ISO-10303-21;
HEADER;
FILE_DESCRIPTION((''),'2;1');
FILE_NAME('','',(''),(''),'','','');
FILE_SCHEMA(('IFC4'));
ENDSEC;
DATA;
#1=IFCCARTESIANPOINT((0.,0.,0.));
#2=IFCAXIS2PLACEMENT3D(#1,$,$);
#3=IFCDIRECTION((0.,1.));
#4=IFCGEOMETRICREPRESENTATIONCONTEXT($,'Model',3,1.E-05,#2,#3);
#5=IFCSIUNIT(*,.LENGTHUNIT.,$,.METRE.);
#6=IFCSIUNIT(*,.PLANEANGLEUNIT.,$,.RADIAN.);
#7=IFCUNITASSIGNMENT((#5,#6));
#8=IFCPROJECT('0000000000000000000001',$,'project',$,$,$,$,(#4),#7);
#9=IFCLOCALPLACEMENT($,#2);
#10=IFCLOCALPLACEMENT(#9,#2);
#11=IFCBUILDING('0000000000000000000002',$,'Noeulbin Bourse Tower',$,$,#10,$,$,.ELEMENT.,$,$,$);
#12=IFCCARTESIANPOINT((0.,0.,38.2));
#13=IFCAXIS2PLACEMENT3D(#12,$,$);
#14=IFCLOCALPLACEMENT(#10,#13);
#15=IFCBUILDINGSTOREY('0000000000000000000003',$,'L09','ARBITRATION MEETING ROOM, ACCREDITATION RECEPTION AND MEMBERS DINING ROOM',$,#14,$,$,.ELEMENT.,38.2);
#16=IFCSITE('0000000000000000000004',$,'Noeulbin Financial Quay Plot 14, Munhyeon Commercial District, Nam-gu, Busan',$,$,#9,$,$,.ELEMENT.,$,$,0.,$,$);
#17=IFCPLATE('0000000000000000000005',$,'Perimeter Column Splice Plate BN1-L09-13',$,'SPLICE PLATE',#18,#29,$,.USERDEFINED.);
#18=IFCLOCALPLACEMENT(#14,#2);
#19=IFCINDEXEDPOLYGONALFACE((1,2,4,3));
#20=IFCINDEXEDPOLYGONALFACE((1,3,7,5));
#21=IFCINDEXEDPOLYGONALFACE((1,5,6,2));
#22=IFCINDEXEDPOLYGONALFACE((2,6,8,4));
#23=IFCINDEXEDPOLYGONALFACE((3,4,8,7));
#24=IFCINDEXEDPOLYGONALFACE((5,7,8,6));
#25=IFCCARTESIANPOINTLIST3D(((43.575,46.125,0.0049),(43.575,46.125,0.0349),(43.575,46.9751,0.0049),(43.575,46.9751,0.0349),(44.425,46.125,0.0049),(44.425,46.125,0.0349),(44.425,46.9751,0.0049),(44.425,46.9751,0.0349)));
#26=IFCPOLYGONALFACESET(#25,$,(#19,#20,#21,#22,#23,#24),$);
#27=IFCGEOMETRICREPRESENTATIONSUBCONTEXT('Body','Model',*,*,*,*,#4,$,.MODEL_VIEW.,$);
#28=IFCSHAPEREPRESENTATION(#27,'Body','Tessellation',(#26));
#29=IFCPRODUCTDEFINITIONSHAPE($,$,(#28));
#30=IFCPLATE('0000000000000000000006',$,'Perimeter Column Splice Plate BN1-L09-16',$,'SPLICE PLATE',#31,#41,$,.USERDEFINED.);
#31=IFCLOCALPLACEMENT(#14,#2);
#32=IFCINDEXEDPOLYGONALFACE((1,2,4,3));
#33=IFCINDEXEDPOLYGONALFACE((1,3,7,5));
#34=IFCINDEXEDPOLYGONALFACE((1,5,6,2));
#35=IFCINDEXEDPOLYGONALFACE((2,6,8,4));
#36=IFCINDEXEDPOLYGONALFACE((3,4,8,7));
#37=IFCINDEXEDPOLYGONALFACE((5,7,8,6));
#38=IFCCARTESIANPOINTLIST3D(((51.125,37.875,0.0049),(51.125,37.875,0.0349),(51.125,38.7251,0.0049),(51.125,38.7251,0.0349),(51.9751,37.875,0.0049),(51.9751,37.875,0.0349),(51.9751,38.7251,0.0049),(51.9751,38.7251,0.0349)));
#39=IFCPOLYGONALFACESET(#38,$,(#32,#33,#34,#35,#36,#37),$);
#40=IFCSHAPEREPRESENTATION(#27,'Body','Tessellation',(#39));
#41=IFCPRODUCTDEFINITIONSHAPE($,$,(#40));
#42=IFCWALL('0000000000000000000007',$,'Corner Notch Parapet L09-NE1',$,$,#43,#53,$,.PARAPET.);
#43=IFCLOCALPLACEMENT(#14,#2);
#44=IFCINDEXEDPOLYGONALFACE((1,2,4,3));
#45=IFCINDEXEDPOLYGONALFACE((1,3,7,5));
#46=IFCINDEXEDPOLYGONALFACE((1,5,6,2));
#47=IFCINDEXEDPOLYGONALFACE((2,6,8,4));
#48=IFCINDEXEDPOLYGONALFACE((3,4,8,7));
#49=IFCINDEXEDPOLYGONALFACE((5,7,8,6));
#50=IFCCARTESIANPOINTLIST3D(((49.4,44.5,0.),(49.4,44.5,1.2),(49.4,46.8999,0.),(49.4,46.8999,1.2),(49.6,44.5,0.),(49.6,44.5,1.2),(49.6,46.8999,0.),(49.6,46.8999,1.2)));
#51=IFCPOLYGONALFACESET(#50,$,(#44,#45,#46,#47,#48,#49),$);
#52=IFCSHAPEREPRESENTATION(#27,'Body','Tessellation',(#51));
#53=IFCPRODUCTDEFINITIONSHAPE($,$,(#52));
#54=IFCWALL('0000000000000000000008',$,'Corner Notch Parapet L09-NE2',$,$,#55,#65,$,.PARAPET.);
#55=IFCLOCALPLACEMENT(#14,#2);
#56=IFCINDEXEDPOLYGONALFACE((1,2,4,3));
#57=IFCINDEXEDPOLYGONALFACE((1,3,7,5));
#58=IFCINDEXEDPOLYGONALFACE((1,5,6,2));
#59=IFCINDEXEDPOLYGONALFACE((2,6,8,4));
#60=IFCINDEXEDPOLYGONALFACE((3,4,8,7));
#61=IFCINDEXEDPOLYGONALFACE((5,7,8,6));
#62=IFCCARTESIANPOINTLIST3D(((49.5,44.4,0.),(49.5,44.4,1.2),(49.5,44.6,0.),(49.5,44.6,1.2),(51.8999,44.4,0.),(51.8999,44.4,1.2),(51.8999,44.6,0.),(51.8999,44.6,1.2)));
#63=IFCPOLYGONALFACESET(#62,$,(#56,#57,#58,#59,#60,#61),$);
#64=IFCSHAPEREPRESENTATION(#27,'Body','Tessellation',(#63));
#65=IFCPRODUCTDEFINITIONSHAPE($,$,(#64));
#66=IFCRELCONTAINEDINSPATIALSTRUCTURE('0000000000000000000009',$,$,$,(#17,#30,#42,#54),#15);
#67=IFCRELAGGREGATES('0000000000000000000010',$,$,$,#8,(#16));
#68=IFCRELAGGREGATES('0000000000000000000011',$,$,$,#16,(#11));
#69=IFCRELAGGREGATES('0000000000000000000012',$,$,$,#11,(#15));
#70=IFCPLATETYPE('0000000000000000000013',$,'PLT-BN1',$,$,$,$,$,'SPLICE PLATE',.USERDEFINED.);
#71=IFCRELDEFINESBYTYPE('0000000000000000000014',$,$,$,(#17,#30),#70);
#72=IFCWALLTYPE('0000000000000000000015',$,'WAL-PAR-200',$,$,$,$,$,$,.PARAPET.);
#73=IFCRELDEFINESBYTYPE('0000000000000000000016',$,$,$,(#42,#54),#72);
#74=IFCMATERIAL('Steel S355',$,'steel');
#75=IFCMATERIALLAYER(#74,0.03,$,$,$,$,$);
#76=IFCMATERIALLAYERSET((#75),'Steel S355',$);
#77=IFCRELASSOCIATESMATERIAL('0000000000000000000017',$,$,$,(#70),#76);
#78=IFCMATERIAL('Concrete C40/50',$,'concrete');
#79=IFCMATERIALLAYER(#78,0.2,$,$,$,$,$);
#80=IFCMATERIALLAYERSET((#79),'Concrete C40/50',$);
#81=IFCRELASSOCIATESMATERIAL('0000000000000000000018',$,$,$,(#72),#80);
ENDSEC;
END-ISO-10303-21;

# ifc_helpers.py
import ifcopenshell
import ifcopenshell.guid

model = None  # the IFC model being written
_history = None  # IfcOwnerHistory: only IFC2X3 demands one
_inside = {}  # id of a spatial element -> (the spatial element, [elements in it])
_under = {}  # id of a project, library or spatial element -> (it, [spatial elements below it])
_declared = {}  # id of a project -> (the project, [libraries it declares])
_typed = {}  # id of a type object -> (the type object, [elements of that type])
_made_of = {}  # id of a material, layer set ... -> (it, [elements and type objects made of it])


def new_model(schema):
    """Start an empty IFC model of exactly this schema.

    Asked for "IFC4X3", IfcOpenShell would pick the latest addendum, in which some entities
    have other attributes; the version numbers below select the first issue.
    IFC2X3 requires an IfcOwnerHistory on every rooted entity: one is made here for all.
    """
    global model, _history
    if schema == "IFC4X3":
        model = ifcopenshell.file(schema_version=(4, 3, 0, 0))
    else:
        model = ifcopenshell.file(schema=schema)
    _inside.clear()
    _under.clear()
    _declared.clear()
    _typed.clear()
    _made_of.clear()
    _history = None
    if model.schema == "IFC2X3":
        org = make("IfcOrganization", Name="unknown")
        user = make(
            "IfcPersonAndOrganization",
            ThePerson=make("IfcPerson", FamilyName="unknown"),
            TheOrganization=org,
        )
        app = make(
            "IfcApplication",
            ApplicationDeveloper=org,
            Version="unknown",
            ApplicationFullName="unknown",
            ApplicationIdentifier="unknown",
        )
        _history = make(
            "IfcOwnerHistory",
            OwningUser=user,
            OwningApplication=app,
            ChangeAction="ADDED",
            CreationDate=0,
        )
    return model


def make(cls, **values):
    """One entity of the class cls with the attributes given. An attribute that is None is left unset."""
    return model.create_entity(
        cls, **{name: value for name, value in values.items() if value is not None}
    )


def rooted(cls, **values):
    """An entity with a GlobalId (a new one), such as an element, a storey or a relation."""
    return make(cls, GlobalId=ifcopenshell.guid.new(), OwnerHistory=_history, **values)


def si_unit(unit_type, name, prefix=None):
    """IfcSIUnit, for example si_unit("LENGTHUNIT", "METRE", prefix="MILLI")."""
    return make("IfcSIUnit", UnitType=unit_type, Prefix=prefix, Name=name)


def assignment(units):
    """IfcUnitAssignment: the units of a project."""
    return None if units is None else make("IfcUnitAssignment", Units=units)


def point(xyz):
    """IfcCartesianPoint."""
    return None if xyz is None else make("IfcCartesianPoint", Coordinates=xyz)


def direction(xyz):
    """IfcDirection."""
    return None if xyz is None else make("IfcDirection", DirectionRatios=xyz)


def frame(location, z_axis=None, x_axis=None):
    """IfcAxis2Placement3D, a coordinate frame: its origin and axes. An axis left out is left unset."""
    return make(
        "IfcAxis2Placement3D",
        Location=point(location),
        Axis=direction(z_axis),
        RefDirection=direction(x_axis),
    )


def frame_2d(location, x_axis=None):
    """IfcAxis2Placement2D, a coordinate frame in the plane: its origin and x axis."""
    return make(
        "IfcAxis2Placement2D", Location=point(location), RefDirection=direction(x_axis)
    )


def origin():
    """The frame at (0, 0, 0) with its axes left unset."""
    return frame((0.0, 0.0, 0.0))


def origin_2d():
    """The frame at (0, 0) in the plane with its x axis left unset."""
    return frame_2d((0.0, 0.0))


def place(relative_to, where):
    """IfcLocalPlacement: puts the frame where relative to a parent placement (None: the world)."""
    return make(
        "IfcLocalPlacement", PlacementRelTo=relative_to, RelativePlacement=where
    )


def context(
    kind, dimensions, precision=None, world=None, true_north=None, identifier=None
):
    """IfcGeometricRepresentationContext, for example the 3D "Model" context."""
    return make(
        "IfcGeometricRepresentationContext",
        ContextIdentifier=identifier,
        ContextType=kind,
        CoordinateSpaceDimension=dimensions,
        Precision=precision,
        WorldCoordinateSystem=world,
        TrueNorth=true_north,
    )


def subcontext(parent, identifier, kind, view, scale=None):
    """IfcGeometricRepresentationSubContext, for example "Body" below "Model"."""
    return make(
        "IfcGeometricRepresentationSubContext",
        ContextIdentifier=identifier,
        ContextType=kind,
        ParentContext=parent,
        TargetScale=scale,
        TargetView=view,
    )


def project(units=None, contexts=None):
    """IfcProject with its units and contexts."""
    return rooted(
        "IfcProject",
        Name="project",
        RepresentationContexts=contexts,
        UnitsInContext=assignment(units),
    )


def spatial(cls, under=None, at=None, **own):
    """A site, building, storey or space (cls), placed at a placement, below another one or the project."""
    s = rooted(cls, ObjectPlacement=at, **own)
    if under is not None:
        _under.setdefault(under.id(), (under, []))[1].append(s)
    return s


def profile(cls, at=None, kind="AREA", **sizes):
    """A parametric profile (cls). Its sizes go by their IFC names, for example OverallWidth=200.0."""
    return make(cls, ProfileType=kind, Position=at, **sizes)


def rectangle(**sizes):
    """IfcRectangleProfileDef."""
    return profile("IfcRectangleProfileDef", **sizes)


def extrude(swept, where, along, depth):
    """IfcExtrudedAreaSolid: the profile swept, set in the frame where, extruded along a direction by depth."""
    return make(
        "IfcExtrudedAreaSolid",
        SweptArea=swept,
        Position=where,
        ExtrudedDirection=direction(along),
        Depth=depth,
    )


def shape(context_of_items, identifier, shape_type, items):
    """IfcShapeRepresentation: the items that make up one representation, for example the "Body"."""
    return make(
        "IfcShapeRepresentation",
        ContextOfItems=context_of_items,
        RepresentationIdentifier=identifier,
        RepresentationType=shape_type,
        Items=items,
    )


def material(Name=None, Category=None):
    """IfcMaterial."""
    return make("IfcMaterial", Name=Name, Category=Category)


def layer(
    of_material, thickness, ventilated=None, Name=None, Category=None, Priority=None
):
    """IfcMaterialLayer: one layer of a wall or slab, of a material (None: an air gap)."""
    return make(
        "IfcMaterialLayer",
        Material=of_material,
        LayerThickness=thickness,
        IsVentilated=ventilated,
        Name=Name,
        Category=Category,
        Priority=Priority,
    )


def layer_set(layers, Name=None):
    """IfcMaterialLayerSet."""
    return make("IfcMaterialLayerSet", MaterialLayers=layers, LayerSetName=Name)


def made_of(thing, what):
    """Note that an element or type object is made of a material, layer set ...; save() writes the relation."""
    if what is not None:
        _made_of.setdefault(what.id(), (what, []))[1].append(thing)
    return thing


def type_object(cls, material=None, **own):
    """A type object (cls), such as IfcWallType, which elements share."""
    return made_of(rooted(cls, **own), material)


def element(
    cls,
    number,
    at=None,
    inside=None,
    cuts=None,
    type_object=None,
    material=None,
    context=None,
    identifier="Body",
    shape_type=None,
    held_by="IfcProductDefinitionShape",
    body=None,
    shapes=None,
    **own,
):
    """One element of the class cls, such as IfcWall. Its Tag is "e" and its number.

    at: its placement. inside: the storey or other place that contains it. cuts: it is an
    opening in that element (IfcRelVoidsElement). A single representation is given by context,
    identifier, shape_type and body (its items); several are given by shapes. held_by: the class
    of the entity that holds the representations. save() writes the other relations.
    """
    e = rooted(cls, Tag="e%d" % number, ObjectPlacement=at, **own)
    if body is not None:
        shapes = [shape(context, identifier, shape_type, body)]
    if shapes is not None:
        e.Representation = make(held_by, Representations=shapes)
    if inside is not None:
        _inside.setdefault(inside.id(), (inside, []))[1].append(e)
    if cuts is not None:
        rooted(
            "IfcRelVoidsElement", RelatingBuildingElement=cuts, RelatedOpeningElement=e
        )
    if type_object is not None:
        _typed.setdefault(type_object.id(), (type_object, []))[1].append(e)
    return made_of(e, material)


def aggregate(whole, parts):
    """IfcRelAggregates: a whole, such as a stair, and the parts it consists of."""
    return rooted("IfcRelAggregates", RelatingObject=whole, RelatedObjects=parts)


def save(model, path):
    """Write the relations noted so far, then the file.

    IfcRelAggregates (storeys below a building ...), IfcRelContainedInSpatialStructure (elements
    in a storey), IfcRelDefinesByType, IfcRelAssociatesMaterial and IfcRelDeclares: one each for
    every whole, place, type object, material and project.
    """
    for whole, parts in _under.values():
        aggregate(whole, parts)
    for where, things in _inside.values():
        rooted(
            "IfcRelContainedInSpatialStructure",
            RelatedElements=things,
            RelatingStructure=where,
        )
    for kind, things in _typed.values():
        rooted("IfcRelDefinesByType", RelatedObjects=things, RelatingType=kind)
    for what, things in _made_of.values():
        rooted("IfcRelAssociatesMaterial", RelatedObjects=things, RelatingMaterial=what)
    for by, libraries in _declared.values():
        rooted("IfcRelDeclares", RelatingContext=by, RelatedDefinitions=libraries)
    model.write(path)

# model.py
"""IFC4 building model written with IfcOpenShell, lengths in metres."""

from ifc_helpers import new_model, si_unit, direction, frame, frame_2d, origin, origin_2d, place, context, subcontext, project, spatial, rectangle, extrude, material, layer, layer_set, type_object, element, save


model = new_model("IFC4")

# Units and contexts
model_context = context("Model", 3, precision=1e-05, world=origin(), true_north=direction((0.0, 1.0)))
body_context = subcontext(model_context, "Body", "Model", "MODEL_VIEW")
ifc_project = project(units=[si_unit("LENGTHUNIT", "METRE"), si_unit("PLANEANGLEUNIT", "RADIAN")], contexts=[model_context])

# Site, building, storey
site_placement = place(None, origin())
site = spatial("IfcSite", under=ifc_project, at=site_placement, Name="Noeulbin Financial Quay Plot 14, Munhyeon Commercial District, Nam-gu, Busan", CompositionType="ELEMENT", RefElevation=0.0)
building_placement = place(site_placement, origin())
building = spatial("IfcBuilding", under=site, at=building_placement, Name="Noeulbin Bourse Tower", CompositionType="ELEMENT")
storey_placement = place(building_placement, frame((0.0, 0.0, 38.2)))
storey = spatial("IfcBuildingStorey", under=building, at=storey_placement, Name="L09", Description="ARBITRATION MEETING ROOM, ACCREDITATION RECEPTION AND MEMBERS DINING ROOM", CompositionType="ELEMENT", Elevation=38.2)

# Shared definitions
ifc_material_1 = material(Name="Steel S355", Category="steel")

# Plates
ifc_layer_1 = layer(ifc_material_1, 0.03)
ifc_layer_set_1 = layer_set([ifc_layer_1], Name="Steel S355")
plate_type_1 = type_object("IfcPlateType", Name="PLT-BN1", ElementType="SPLICE PLATE", PredefinedType="USERDEFINED", material=ifc_layer_set_1)
for number, where, z_axis, x_axis, name in (
    (1, (44.0, 46.55, 0.0049), (0.0, 0.0, 1.0), (1.0, 0.0, 0.0), "Perimeter Column Splice Plate BN1-L09-13"),
    (2, (51.55, 38.3, 0.0049), (0.0, 0.0, 1.0), (1.0, 0.0, 0.0), "Perimeter Column Splice Plate BN1-L09-16"),
):
    element("IfcPlate", number, at=place(storey_placement, frame(where, z_axis=z_axis, x_axis=x_axis)), inside=storey, type_object=plate_type_1, Name=name, ObjectType="SPLICE PLATE", PredefinedType="USERDEFINED", context=body_context, shape_type="SweptSolid", body=[
        extrude(rectangle(XDim=0.8501, YDim=0.8501, at=origin_2d()), origin(), (0.0, 0.0, 1.0), 0.03),
    ])

# Walls
ifc_material_2 = material(Name="Concrete C40/50", Category="concrete")
ifc_layer_2 = layer(ifc_material_2, 0.2)
ifc_layer_set_2 = layer_set([ifc_layer_2], Name="Concrete C40/50")
wall_type = type_object("IfcWallType", Name="WAL-PAR-200", PredefinedType="PARAPET", material=ifc_layer_set_2)
for number, where, z_axis, x_axis, name in (
    (3, (49.5, 46.8999, 0.0), (0.0, 0.0, 1.0), (0.0, -1.0, 0.0), "Corner Notch Parapet L09-NE1"),
    (4, (49.5, 44.5, 0.0), (0.0, 0.0, 1.0), (1.0, 0.0, 0.0), "Corner Notch Parapet L09-NE2"),
):
    element("IfcWall", number, at=place(storey_placement, frame(where, z_axis=z_axis, x_axis=x_axis)), inside=storey, type_object=wall_type, Name=name, PredefinedType="PARAPET", context=body_context, shape_type="SweptSolid", body=[
        extrude(rectangle(XDim=2.3999, YDim=0.2, at=frame_2d((1.2, 0.0))), origin(), (0.0, 0.0, 1.0), 1.2),
    ])

save(model, "model.ifc")
